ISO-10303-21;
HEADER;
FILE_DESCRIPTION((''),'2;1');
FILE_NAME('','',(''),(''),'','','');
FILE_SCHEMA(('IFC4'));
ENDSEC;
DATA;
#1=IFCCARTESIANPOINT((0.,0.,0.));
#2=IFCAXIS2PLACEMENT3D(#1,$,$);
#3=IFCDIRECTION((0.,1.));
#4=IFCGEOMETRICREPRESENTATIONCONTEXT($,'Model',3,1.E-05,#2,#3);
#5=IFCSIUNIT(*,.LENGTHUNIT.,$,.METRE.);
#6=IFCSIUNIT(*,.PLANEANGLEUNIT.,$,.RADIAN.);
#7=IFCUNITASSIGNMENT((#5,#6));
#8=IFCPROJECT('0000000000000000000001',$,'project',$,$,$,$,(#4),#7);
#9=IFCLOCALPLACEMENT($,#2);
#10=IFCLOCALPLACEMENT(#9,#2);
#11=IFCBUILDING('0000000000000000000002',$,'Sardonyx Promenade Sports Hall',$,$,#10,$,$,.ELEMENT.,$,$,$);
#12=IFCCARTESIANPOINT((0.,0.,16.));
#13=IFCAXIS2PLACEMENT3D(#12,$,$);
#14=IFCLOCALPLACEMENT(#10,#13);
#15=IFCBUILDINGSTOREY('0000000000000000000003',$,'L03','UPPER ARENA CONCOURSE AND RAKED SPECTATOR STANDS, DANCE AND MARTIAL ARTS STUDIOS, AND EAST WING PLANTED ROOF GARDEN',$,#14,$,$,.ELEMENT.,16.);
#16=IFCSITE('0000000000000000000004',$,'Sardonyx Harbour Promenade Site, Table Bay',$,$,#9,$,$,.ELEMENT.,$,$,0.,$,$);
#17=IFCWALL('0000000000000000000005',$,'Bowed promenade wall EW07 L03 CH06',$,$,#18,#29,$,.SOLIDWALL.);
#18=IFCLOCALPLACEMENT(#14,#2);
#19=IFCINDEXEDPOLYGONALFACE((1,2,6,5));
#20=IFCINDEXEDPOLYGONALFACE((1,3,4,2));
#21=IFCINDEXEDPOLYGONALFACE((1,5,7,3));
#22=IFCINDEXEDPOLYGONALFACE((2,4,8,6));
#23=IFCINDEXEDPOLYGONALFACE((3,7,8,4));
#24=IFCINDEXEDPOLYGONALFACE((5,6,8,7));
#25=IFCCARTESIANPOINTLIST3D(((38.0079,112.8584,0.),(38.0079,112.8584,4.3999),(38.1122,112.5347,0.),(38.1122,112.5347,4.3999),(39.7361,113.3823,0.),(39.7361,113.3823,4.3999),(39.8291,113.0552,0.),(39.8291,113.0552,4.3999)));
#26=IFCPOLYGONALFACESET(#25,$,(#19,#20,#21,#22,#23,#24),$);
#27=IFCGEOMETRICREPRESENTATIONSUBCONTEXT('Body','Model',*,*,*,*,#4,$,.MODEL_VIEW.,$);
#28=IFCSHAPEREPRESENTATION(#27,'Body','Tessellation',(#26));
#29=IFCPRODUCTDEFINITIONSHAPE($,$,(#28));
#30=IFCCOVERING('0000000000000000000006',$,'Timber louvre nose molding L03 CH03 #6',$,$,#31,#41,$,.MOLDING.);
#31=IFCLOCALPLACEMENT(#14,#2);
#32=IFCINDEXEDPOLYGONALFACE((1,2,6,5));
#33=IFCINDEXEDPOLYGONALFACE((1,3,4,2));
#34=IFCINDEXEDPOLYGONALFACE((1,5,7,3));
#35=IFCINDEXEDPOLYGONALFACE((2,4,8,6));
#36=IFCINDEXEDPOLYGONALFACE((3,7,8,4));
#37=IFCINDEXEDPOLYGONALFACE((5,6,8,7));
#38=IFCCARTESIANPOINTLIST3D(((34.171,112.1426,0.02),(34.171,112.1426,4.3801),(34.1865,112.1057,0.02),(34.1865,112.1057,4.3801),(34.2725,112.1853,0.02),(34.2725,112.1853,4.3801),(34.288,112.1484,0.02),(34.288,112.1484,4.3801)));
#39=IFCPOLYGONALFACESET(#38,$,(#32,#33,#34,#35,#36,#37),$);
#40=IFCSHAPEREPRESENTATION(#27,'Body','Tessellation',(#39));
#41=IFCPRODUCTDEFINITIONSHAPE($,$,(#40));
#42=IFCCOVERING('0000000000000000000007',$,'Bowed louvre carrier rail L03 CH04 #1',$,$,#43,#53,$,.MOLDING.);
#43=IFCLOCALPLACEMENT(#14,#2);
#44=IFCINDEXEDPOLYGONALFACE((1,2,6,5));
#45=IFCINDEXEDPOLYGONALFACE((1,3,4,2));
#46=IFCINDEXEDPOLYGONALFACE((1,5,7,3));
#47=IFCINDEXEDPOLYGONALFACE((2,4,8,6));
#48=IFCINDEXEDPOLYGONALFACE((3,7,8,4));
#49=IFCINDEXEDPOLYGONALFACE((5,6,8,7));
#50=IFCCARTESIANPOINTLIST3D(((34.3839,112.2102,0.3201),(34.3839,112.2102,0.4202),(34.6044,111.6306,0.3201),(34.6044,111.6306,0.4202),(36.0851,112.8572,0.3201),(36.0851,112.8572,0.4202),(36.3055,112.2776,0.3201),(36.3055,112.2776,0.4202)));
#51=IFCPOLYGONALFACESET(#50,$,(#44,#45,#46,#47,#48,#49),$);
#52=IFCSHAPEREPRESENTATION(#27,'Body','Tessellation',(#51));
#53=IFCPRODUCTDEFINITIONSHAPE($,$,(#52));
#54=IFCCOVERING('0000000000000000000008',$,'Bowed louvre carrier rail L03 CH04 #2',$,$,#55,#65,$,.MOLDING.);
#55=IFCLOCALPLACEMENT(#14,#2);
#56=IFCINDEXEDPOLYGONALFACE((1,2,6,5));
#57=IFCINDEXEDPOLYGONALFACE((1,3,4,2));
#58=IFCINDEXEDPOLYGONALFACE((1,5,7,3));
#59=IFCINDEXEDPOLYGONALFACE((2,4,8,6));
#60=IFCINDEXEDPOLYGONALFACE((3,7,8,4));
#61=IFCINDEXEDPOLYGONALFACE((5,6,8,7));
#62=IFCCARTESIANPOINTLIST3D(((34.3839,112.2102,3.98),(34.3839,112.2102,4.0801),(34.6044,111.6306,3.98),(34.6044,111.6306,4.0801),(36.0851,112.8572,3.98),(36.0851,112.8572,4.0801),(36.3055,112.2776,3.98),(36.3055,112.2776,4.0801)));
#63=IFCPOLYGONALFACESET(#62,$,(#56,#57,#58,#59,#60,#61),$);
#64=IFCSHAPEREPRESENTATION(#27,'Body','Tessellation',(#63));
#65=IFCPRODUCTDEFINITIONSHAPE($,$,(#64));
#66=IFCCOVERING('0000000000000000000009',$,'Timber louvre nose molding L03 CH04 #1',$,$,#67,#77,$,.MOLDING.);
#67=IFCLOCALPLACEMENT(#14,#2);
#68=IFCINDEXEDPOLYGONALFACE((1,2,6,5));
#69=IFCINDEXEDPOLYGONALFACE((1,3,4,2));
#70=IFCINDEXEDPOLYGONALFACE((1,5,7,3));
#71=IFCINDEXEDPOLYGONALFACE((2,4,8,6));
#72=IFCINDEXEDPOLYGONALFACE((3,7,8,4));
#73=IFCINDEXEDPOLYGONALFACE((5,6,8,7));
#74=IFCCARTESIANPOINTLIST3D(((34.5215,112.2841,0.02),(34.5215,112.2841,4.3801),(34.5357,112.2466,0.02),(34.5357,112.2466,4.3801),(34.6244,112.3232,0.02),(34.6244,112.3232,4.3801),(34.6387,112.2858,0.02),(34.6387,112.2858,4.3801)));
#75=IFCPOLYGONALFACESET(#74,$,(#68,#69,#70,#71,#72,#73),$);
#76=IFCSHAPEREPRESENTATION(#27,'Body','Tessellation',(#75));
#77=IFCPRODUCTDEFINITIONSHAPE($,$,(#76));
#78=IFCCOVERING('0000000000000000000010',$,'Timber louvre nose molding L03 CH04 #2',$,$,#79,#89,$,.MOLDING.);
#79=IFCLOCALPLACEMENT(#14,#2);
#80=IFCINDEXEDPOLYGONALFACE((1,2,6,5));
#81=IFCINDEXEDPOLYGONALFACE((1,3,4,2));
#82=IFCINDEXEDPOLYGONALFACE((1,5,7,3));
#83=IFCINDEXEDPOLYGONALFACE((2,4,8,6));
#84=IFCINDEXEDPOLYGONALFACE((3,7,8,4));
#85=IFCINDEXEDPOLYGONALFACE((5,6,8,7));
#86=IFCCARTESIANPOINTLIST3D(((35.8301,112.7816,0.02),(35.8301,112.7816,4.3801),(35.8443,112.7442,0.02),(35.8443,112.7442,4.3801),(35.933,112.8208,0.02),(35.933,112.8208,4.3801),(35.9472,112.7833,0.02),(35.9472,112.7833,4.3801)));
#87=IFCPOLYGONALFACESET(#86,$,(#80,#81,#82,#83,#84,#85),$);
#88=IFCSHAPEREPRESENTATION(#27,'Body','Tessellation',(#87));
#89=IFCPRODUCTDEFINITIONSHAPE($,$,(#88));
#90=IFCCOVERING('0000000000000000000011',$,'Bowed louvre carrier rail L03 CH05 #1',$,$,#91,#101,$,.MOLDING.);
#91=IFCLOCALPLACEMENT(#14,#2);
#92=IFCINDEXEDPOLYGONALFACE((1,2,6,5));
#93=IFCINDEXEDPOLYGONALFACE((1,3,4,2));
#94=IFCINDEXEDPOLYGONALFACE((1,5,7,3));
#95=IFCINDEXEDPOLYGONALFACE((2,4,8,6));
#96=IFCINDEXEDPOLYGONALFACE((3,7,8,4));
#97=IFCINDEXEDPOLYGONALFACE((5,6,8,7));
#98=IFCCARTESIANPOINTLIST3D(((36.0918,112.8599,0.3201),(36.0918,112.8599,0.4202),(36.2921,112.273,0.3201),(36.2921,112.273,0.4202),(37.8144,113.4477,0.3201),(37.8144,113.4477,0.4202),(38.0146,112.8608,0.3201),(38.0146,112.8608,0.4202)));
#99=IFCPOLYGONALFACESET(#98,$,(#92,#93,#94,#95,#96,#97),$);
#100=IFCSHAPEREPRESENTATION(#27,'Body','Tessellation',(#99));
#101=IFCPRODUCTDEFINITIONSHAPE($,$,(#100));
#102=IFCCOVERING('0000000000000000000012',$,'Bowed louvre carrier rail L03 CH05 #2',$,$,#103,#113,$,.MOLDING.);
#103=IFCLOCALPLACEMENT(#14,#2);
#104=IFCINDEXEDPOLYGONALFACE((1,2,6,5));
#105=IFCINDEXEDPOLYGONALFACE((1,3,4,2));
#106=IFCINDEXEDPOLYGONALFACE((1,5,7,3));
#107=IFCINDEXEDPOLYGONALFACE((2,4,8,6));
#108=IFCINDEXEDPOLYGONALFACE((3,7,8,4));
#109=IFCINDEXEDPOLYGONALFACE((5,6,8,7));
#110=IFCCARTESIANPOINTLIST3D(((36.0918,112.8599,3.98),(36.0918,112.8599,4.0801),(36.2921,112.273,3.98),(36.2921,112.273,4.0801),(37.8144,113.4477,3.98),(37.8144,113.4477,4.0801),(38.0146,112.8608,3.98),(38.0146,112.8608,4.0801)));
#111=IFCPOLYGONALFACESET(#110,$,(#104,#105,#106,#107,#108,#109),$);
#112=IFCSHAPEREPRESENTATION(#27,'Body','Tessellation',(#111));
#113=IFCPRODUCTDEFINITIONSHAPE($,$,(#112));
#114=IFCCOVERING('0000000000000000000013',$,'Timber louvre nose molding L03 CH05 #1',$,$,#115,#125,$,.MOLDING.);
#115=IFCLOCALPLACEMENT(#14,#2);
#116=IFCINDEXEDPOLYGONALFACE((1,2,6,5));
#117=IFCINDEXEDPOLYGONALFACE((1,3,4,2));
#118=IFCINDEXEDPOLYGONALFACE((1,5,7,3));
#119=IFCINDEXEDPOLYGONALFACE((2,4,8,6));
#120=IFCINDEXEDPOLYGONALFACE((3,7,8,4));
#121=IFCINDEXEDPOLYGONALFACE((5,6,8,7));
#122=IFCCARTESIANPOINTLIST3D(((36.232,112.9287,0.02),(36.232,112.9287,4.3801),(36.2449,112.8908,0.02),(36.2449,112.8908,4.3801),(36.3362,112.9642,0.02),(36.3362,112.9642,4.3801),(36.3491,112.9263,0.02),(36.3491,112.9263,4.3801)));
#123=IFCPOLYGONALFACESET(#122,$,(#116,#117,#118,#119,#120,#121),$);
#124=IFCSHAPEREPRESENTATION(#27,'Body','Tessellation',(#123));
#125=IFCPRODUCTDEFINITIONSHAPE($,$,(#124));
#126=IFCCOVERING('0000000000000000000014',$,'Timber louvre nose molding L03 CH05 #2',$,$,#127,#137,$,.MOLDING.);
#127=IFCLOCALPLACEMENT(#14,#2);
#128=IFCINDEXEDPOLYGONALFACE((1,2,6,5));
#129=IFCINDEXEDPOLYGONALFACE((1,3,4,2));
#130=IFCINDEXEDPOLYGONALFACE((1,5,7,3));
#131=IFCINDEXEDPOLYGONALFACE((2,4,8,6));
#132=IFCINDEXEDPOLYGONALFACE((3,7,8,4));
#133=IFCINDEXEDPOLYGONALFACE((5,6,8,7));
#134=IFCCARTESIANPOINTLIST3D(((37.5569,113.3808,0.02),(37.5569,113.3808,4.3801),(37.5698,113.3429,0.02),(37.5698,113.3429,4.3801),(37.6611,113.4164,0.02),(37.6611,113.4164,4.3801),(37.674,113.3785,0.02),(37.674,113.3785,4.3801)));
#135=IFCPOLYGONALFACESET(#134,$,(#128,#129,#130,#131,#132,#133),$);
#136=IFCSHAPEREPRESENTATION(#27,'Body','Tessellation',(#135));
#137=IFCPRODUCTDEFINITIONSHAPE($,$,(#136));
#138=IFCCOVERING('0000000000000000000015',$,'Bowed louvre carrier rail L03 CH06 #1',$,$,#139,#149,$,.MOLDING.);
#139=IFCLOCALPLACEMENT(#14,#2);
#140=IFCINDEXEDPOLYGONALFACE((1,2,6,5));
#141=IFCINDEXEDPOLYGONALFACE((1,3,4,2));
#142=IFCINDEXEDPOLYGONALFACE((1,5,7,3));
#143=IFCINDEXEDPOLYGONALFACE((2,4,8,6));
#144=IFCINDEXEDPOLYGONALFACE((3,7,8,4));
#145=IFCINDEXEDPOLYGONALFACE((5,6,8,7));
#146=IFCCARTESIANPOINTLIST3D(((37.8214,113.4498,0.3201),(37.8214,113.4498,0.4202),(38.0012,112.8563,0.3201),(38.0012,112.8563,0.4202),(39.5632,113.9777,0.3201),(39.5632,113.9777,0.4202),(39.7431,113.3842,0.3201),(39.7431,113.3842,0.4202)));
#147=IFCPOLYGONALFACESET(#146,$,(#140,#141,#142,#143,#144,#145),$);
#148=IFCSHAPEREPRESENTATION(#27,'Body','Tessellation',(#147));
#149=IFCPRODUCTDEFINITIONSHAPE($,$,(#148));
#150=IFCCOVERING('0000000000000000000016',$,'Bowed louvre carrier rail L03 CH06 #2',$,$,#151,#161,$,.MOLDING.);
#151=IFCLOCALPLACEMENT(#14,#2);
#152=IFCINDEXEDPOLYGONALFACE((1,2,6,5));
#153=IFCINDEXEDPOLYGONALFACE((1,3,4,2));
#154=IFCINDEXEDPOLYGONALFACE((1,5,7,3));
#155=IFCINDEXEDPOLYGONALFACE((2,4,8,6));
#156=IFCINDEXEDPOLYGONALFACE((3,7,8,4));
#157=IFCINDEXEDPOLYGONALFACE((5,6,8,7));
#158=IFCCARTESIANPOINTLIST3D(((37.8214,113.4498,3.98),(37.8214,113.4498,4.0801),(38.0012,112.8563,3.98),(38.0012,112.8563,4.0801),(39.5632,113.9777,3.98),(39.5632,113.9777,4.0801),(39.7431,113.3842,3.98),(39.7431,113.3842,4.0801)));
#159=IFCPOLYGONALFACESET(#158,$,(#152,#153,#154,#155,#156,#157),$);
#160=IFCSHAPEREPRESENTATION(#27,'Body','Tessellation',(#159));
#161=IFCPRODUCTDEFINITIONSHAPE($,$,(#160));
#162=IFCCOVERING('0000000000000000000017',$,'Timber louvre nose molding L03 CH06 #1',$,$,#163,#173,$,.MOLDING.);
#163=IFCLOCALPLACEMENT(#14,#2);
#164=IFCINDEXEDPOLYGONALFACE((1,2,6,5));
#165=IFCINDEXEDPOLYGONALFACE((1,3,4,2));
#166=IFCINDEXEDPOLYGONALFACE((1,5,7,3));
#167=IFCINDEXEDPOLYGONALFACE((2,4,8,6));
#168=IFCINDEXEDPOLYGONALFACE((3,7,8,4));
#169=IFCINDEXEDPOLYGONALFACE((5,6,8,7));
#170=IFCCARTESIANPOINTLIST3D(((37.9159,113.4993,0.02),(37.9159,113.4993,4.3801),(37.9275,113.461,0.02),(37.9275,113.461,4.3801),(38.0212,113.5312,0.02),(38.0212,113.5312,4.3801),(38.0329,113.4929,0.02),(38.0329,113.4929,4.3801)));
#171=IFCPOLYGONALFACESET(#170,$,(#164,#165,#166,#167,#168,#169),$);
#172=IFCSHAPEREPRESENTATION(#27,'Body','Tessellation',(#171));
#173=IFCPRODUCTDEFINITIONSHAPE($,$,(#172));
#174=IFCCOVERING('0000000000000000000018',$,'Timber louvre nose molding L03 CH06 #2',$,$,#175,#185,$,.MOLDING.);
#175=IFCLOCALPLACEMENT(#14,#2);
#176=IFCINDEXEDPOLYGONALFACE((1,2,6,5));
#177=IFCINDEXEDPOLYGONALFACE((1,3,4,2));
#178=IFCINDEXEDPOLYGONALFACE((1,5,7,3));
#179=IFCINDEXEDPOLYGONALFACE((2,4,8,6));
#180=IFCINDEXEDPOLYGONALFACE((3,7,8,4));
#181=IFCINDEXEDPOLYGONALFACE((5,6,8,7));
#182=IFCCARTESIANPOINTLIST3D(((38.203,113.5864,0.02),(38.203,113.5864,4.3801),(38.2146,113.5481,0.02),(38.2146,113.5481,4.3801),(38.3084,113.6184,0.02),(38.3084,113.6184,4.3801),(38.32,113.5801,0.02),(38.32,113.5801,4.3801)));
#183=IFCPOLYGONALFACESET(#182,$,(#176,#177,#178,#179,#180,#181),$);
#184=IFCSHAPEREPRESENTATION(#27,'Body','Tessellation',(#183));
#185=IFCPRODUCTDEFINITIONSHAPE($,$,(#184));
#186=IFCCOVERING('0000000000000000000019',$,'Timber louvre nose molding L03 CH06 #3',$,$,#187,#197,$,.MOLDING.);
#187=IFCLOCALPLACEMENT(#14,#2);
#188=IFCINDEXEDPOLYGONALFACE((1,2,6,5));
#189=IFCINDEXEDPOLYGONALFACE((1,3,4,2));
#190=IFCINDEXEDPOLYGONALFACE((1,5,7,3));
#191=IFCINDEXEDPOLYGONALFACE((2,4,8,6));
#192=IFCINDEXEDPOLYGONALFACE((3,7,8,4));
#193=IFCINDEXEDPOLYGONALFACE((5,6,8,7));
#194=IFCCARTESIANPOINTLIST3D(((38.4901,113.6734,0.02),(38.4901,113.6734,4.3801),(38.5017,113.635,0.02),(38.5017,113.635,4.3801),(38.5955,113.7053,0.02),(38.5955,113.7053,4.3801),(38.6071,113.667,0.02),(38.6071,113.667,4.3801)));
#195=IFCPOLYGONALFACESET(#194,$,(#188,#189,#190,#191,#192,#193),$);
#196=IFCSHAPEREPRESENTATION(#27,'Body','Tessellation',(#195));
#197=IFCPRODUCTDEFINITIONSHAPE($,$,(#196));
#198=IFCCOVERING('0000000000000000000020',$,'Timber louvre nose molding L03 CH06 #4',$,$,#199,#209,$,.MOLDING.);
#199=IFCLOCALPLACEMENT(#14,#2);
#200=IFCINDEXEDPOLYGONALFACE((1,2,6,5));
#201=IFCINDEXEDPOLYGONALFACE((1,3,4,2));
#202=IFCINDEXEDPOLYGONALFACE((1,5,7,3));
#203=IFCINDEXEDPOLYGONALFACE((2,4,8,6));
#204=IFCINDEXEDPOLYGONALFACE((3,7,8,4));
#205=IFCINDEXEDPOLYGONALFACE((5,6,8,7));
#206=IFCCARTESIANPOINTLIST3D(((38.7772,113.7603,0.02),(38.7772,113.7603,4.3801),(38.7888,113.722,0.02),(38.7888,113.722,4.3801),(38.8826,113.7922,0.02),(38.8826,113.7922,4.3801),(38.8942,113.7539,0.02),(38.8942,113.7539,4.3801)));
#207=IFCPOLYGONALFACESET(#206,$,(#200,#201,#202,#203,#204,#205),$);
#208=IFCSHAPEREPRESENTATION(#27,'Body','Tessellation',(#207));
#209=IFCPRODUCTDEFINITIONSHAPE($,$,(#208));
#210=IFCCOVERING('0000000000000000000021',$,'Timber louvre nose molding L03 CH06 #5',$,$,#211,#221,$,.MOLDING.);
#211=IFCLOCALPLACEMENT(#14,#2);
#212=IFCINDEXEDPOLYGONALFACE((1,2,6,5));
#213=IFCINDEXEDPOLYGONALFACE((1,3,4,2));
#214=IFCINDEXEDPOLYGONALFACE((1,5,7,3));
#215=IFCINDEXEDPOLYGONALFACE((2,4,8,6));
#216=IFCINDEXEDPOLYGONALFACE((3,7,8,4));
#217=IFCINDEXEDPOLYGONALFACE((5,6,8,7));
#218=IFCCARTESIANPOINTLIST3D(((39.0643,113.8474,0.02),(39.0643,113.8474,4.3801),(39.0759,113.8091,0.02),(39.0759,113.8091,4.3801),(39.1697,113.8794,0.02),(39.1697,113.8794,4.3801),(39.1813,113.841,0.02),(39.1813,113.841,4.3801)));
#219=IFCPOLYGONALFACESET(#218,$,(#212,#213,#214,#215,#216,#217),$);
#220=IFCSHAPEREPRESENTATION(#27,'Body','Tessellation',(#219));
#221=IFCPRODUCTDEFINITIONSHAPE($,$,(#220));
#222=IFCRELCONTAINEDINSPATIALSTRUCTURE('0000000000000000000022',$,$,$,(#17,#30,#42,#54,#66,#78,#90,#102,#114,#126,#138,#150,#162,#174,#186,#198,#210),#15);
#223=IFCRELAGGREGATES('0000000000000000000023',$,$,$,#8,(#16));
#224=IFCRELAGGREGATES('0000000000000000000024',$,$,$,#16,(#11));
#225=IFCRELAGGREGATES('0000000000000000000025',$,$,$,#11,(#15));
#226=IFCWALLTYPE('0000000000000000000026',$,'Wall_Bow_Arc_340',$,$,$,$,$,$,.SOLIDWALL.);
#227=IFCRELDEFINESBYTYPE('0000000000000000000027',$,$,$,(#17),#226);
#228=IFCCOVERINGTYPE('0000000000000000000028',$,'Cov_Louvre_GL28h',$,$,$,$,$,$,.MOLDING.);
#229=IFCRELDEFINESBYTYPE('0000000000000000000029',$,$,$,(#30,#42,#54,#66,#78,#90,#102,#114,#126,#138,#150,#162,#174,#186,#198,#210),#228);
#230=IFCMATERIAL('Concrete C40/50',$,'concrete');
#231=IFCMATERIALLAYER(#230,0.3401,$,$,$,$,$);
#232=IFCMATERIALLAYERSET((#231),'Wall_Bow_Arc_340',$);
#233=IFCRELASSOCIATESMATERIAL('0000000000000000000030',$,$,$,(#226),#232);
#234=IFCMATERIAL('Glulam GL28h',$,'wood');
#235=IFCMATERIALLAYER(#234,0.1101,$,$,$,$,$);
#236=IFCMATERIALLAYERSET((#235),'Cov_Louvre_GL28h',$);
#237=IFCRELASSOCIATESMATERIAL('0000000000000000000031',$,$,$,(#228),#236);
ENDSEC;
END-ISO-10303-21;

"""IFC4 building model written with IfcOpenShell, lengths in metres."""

from ifc_helpers import new_model, si_unit, direction, frame, origin, origin_2d, place, context, subcontext, project, spatial, polyline, rectangle, outline, extrude, material, layer, layer_set, type_object, element, save


model = new_model("IFC4")

# Units and contexts
model_context = context("Model", 3, precision=1e-05, world=origin(), true_north=direction((0.0, 1.0)))
body_context = subcontext(model_context, "Body", "Model", "MODEL_VIEW")
ifc_project = project(units=[si_unit("LENGTHUNIT", "METRE"), si_unit("PLANEANGLEUNIT", "RADIAN")], contexts=[model_context])

# Site, building, storey
site_placement = place(None, origin())
site = spatial("IfcSite", under=ifc_project, at=site_placement, Name="Sardonyx Harbour Promenade Site, Table Bay", CompositionType="ELEMENT", RefElevation=0.0)
building_placement = place(site_placement, origin())
building = spatial("IfcBuilding", under=site, at=building_placement, Name="Sardonyx Promenade Sports Hall", CompositionType="ELEMENT")
storey_placement = place(building_placement, frame((0.0, 0.0, 16.0)))
storey = spatial("IfcBuildingStorey", under=building, at=storey_placement, Name="L03", Description="UPPER ARENA CONCOURSE AND RAKED SPECTATOR STANDS, DANCE AND MARTIAL ARTS STUDIOS, AND EAST WING PLANTED ROOF GARDEN", CompositionType="ELEMENT", Elevation=16.0)

# Wall
ifc_material_1 = material(Name="Concrete C40/50", Category="concrete")
ifc_layer_1 = layer(ifc_material_1, 0.3401)
ifc_layer_set_1 = layer_set([ifc_layer_1], Name="Wall_Bow_Arc_340")
wall_type = type_object("IfcWallType", Name="Wall_Bow_Arc_340", PredefinedType="SOLIDWALL", material=ifc_layer_set_1)
wall_placement = place(storey_placement, frame((38.0601, 112.6965, 0.0), z_axis=(0.0, 0.0, 1.0), x_axis=(0.956994, 0.290109, 0.0)))
element("IfcWall", 1, at=wall_placement, inside=storey, type_object=wall_type, Name="Bowed promenade wall EW07 L03 CH06", PredefinedType="SOLIDWALL", context=body_context, shape_type="SweptSolid", body=[
    extrude(outline(polyline([(0.0029, -0.17), (1.7971, -0.17), (1.8029, 0.17), (-0.0029, 0.17), (0.0029, -0.17)])), origin(), (0.0, 0.0, 1.0), 4.3999),
])

# Coverings
ifc_material_2 = material(Name="Glulam GL28h", Category="wood")
ifc_layer_2 = layer(ifc_material_2, 0.1101)
ifc_layer_set_2 = layer_set([ifc_layer_2], Name="Cov_Louvre_GL28h")
covering_type = type_object("IfcCoveringType", Name="Cov_Louvre_GL28h", PredefinedType="MOLDING", material=ifc_layer_set_2)
covering_placement = place(storey_placement, frame((34.2295, 112.1455, 0.02), z_axis=(0.0, 0.0, 1.0), x_axis=(0.9218, 0.387665, 0.0)))
element("IfcCovering", 2, at=covering_placement, inside=storey, type_object=covering_type, Name="Timber louvre nose molding L03 CH03 #6", PredefinedType="MOLDING", context=body_context, shape_type="SweptSolid", body=[
    extrude(rectangle(XDim=0.1101, YDim=0.04, at=origin_2d()), origin(), (0.0, 0.0, 1.0), 4.3601),
])
for number, where, z_axis, x_axis, name in (
    (3, (35.3447, 112.2439, 0.3201), (0.0, 0.0, 1.0), (0.934666, 0.355528, 0.0), "Bowed louvre carrier rail L03 CH04 #1"),
    (4, (35.3447, 112.2439, 3.98), (0.0, 0.0, 1.0), (0.934666, 0.355528, 0.0), "Bowed louvre carrier rail L03 CH04 #2"),
):
    element("IfcCovering", number, at=place(storey_placement, frame(where, z_axis=z_axis, x_axis=x_axis)), inside=storey, type_object=covering_type, Name=name, PredefinedType="MOLDING", context=body_context, shape_type="SweptSolid", body=[
        extrude(rectangle(XDim=1.8201, YDim=0.6201, at=origin_2d()), origin(), (0.0, 0.0, 1.0), 0.1001),
    ])
for number, where, z_axis, x_axis, name in (
    (5, (34.5801, 112.2849, 0.02), (0.0, 0.0, 1.0), (0.934666, 0.355528, 0.0), "Timber louvre nose molding L03 CH04 #1"),
    (6, (35.8887, 112.7825, 0.02), (0.0, 0.0, 1.0), (0.934666, 0.355528, 0.0), "Timber louvre nose molding L03 CH04 #2"),
):
    element("IfcCovering", number, at=place(storey_placement, frame(where, z_axis=z_axis, x_axis=x_axis)), inside=storey, type_object=covering_type, Name=name, PredefinedType="MOLDING", context=body_context, shape_type="SweptSolid", body=[
        extrude(rectangle(XDim=0.1101, YDim=0.04, at=origin_2d()), origin(), (0.0, 0.0, 1.0), 4.3601),
    ])
for number, where, z_axis, x_axis, name in (
    (7, (37.0532, 112.8604, 0.3201), (0.0, 0.0, 1.0), (0.946411, 0.322966, 0.0), "Bowed louvre carrier rail L03 CH05 #1"),
    (8, (37.0532, 112.8604, 3.98), (0.0, 0.0, 1.0), (0.946411, 0.322966, 0.0), "Bowed louvre carrier rail L03 CH05 #2"),
):
    element("IfcCovering", number, at=place(storey_placement, frame(where, z_axis=z_axis, x_axis=x_axis)), inside=storey, type_object=covering_type, Name=name, PredefinedType="MOLDING", context=body_context, shape_type="SweptSolid", body=[
        extrude(rectangle(XDim=1.8201, YDim=0.6201, at=origin_2d()), origin(), (0.0, 0.0, 1.0), 0.1001),
    ])
for number, where, z_axis, x_axis, name in (
    (9, (36.2905, 112.9275, 0.02), (0.0, 0.0, 1.0), (0.946411, 0.322966, 0.0), "Timber louvre nose molding L03 CH05 #1"),
    (10, (37.6155, 113.3796, 0.02), (0.0, 0.0, 1.0), (0.946411, 0.322966, 0.0), "Timber louvre nose molding L03 CH05 #2"),
):
    element("IfcCovering", number, at=place(storey_placement, frame(where, z_axis=z_axis, x_axis=x_axis)), inside=storey, type_object=covering_type, Name=name, PredefinedType="MOLDING", context=body_context, shape_type="SweptSolid", body=[
        extrude(rectangle(XDim=0.1101, YDim=0.04, at=origin_2d()), origin(), (0.0, 0.0, 1.0), 4.3601),
    ])
for number, where, z_axis, x_axis, name in (
    (11, (38.7822, 113.417, 0.3201), (0.0, 0.0, 1.0), (0.957021, 0.290017, 0.0), "Bowed louvre carrier rail L03 CH06 #1"),
    (12, (38.7822, 113.417, 3.98), (0.0, 0.0, 1.0), (0.957021, 0.290017, 0.0), "Bowed louvre carrier rail L03 CH06 #2"),
):
    element("IfcCovering", number, at=place(storey_placement, frame(where, z_axis=z_axis, x_axis=x_axis)), inside=storey, type_object=covering_type, Name=name, PredefinedType="MOLDING", context=body_context, shape_type="SweptSolid", body=[
        extrude(rectangle(XDim=1.8201, YDim=0.6201, at=origin_2d()), origin(), (0.0, 0.0, 1.0), 0.1001),
    ])
for number, where, z_axis, x_axis, name in (
    (13, (37.9744, 113.4961, 0.02), (0.0, 0.0, 1.0), (0.957021, 0.290017, 0.0), "Timber louvre nose molding L03 CH06 #1"),
    (14, (38.2615, 113.5833, 0.02), (0.0, 0.0, 1.0), (0.957021, 0.290017, 0.0), "Timber louvre nose molding L03 CH06 #2"),
    (15, (38.5486, 113.6702, 0.02), (0.0, 0.0, 1.0), (0.957021, 0.290017, 0.0), "Timber louvre nose molding L03 CH06 #3"),
    (16, (38.8357, 113.7571, 0.02), (0.0, 0.0, 1.0), (0.957021, 0.290017, 0.0), "Timber louvre nose molding L03 CH06 #4"),
    (17, (39.1228, 113.8442, 0.02), (0.0, 0.0, 1.0), (0.957021, 0.290017, 0.0), "Timber louvre nose molding L03 CH06 #5"),
):
    element("IfcCovering", number, at=place(storey_placement, frame(where, z_axis=z_axis, x_axis=x_axis)), inside=storey, type_object=covering_type, Name=name, PredefinedType="MOLDING", context=body_context, shape_type="SweptSolid", body=[
        extrude(rectangle(XDim=0.1101, YDim=0.04, at=origin_2d()), origin(), (0.0, 0.0, 1.0), 4.3601),
    ])

save(model, "model.ifc")
